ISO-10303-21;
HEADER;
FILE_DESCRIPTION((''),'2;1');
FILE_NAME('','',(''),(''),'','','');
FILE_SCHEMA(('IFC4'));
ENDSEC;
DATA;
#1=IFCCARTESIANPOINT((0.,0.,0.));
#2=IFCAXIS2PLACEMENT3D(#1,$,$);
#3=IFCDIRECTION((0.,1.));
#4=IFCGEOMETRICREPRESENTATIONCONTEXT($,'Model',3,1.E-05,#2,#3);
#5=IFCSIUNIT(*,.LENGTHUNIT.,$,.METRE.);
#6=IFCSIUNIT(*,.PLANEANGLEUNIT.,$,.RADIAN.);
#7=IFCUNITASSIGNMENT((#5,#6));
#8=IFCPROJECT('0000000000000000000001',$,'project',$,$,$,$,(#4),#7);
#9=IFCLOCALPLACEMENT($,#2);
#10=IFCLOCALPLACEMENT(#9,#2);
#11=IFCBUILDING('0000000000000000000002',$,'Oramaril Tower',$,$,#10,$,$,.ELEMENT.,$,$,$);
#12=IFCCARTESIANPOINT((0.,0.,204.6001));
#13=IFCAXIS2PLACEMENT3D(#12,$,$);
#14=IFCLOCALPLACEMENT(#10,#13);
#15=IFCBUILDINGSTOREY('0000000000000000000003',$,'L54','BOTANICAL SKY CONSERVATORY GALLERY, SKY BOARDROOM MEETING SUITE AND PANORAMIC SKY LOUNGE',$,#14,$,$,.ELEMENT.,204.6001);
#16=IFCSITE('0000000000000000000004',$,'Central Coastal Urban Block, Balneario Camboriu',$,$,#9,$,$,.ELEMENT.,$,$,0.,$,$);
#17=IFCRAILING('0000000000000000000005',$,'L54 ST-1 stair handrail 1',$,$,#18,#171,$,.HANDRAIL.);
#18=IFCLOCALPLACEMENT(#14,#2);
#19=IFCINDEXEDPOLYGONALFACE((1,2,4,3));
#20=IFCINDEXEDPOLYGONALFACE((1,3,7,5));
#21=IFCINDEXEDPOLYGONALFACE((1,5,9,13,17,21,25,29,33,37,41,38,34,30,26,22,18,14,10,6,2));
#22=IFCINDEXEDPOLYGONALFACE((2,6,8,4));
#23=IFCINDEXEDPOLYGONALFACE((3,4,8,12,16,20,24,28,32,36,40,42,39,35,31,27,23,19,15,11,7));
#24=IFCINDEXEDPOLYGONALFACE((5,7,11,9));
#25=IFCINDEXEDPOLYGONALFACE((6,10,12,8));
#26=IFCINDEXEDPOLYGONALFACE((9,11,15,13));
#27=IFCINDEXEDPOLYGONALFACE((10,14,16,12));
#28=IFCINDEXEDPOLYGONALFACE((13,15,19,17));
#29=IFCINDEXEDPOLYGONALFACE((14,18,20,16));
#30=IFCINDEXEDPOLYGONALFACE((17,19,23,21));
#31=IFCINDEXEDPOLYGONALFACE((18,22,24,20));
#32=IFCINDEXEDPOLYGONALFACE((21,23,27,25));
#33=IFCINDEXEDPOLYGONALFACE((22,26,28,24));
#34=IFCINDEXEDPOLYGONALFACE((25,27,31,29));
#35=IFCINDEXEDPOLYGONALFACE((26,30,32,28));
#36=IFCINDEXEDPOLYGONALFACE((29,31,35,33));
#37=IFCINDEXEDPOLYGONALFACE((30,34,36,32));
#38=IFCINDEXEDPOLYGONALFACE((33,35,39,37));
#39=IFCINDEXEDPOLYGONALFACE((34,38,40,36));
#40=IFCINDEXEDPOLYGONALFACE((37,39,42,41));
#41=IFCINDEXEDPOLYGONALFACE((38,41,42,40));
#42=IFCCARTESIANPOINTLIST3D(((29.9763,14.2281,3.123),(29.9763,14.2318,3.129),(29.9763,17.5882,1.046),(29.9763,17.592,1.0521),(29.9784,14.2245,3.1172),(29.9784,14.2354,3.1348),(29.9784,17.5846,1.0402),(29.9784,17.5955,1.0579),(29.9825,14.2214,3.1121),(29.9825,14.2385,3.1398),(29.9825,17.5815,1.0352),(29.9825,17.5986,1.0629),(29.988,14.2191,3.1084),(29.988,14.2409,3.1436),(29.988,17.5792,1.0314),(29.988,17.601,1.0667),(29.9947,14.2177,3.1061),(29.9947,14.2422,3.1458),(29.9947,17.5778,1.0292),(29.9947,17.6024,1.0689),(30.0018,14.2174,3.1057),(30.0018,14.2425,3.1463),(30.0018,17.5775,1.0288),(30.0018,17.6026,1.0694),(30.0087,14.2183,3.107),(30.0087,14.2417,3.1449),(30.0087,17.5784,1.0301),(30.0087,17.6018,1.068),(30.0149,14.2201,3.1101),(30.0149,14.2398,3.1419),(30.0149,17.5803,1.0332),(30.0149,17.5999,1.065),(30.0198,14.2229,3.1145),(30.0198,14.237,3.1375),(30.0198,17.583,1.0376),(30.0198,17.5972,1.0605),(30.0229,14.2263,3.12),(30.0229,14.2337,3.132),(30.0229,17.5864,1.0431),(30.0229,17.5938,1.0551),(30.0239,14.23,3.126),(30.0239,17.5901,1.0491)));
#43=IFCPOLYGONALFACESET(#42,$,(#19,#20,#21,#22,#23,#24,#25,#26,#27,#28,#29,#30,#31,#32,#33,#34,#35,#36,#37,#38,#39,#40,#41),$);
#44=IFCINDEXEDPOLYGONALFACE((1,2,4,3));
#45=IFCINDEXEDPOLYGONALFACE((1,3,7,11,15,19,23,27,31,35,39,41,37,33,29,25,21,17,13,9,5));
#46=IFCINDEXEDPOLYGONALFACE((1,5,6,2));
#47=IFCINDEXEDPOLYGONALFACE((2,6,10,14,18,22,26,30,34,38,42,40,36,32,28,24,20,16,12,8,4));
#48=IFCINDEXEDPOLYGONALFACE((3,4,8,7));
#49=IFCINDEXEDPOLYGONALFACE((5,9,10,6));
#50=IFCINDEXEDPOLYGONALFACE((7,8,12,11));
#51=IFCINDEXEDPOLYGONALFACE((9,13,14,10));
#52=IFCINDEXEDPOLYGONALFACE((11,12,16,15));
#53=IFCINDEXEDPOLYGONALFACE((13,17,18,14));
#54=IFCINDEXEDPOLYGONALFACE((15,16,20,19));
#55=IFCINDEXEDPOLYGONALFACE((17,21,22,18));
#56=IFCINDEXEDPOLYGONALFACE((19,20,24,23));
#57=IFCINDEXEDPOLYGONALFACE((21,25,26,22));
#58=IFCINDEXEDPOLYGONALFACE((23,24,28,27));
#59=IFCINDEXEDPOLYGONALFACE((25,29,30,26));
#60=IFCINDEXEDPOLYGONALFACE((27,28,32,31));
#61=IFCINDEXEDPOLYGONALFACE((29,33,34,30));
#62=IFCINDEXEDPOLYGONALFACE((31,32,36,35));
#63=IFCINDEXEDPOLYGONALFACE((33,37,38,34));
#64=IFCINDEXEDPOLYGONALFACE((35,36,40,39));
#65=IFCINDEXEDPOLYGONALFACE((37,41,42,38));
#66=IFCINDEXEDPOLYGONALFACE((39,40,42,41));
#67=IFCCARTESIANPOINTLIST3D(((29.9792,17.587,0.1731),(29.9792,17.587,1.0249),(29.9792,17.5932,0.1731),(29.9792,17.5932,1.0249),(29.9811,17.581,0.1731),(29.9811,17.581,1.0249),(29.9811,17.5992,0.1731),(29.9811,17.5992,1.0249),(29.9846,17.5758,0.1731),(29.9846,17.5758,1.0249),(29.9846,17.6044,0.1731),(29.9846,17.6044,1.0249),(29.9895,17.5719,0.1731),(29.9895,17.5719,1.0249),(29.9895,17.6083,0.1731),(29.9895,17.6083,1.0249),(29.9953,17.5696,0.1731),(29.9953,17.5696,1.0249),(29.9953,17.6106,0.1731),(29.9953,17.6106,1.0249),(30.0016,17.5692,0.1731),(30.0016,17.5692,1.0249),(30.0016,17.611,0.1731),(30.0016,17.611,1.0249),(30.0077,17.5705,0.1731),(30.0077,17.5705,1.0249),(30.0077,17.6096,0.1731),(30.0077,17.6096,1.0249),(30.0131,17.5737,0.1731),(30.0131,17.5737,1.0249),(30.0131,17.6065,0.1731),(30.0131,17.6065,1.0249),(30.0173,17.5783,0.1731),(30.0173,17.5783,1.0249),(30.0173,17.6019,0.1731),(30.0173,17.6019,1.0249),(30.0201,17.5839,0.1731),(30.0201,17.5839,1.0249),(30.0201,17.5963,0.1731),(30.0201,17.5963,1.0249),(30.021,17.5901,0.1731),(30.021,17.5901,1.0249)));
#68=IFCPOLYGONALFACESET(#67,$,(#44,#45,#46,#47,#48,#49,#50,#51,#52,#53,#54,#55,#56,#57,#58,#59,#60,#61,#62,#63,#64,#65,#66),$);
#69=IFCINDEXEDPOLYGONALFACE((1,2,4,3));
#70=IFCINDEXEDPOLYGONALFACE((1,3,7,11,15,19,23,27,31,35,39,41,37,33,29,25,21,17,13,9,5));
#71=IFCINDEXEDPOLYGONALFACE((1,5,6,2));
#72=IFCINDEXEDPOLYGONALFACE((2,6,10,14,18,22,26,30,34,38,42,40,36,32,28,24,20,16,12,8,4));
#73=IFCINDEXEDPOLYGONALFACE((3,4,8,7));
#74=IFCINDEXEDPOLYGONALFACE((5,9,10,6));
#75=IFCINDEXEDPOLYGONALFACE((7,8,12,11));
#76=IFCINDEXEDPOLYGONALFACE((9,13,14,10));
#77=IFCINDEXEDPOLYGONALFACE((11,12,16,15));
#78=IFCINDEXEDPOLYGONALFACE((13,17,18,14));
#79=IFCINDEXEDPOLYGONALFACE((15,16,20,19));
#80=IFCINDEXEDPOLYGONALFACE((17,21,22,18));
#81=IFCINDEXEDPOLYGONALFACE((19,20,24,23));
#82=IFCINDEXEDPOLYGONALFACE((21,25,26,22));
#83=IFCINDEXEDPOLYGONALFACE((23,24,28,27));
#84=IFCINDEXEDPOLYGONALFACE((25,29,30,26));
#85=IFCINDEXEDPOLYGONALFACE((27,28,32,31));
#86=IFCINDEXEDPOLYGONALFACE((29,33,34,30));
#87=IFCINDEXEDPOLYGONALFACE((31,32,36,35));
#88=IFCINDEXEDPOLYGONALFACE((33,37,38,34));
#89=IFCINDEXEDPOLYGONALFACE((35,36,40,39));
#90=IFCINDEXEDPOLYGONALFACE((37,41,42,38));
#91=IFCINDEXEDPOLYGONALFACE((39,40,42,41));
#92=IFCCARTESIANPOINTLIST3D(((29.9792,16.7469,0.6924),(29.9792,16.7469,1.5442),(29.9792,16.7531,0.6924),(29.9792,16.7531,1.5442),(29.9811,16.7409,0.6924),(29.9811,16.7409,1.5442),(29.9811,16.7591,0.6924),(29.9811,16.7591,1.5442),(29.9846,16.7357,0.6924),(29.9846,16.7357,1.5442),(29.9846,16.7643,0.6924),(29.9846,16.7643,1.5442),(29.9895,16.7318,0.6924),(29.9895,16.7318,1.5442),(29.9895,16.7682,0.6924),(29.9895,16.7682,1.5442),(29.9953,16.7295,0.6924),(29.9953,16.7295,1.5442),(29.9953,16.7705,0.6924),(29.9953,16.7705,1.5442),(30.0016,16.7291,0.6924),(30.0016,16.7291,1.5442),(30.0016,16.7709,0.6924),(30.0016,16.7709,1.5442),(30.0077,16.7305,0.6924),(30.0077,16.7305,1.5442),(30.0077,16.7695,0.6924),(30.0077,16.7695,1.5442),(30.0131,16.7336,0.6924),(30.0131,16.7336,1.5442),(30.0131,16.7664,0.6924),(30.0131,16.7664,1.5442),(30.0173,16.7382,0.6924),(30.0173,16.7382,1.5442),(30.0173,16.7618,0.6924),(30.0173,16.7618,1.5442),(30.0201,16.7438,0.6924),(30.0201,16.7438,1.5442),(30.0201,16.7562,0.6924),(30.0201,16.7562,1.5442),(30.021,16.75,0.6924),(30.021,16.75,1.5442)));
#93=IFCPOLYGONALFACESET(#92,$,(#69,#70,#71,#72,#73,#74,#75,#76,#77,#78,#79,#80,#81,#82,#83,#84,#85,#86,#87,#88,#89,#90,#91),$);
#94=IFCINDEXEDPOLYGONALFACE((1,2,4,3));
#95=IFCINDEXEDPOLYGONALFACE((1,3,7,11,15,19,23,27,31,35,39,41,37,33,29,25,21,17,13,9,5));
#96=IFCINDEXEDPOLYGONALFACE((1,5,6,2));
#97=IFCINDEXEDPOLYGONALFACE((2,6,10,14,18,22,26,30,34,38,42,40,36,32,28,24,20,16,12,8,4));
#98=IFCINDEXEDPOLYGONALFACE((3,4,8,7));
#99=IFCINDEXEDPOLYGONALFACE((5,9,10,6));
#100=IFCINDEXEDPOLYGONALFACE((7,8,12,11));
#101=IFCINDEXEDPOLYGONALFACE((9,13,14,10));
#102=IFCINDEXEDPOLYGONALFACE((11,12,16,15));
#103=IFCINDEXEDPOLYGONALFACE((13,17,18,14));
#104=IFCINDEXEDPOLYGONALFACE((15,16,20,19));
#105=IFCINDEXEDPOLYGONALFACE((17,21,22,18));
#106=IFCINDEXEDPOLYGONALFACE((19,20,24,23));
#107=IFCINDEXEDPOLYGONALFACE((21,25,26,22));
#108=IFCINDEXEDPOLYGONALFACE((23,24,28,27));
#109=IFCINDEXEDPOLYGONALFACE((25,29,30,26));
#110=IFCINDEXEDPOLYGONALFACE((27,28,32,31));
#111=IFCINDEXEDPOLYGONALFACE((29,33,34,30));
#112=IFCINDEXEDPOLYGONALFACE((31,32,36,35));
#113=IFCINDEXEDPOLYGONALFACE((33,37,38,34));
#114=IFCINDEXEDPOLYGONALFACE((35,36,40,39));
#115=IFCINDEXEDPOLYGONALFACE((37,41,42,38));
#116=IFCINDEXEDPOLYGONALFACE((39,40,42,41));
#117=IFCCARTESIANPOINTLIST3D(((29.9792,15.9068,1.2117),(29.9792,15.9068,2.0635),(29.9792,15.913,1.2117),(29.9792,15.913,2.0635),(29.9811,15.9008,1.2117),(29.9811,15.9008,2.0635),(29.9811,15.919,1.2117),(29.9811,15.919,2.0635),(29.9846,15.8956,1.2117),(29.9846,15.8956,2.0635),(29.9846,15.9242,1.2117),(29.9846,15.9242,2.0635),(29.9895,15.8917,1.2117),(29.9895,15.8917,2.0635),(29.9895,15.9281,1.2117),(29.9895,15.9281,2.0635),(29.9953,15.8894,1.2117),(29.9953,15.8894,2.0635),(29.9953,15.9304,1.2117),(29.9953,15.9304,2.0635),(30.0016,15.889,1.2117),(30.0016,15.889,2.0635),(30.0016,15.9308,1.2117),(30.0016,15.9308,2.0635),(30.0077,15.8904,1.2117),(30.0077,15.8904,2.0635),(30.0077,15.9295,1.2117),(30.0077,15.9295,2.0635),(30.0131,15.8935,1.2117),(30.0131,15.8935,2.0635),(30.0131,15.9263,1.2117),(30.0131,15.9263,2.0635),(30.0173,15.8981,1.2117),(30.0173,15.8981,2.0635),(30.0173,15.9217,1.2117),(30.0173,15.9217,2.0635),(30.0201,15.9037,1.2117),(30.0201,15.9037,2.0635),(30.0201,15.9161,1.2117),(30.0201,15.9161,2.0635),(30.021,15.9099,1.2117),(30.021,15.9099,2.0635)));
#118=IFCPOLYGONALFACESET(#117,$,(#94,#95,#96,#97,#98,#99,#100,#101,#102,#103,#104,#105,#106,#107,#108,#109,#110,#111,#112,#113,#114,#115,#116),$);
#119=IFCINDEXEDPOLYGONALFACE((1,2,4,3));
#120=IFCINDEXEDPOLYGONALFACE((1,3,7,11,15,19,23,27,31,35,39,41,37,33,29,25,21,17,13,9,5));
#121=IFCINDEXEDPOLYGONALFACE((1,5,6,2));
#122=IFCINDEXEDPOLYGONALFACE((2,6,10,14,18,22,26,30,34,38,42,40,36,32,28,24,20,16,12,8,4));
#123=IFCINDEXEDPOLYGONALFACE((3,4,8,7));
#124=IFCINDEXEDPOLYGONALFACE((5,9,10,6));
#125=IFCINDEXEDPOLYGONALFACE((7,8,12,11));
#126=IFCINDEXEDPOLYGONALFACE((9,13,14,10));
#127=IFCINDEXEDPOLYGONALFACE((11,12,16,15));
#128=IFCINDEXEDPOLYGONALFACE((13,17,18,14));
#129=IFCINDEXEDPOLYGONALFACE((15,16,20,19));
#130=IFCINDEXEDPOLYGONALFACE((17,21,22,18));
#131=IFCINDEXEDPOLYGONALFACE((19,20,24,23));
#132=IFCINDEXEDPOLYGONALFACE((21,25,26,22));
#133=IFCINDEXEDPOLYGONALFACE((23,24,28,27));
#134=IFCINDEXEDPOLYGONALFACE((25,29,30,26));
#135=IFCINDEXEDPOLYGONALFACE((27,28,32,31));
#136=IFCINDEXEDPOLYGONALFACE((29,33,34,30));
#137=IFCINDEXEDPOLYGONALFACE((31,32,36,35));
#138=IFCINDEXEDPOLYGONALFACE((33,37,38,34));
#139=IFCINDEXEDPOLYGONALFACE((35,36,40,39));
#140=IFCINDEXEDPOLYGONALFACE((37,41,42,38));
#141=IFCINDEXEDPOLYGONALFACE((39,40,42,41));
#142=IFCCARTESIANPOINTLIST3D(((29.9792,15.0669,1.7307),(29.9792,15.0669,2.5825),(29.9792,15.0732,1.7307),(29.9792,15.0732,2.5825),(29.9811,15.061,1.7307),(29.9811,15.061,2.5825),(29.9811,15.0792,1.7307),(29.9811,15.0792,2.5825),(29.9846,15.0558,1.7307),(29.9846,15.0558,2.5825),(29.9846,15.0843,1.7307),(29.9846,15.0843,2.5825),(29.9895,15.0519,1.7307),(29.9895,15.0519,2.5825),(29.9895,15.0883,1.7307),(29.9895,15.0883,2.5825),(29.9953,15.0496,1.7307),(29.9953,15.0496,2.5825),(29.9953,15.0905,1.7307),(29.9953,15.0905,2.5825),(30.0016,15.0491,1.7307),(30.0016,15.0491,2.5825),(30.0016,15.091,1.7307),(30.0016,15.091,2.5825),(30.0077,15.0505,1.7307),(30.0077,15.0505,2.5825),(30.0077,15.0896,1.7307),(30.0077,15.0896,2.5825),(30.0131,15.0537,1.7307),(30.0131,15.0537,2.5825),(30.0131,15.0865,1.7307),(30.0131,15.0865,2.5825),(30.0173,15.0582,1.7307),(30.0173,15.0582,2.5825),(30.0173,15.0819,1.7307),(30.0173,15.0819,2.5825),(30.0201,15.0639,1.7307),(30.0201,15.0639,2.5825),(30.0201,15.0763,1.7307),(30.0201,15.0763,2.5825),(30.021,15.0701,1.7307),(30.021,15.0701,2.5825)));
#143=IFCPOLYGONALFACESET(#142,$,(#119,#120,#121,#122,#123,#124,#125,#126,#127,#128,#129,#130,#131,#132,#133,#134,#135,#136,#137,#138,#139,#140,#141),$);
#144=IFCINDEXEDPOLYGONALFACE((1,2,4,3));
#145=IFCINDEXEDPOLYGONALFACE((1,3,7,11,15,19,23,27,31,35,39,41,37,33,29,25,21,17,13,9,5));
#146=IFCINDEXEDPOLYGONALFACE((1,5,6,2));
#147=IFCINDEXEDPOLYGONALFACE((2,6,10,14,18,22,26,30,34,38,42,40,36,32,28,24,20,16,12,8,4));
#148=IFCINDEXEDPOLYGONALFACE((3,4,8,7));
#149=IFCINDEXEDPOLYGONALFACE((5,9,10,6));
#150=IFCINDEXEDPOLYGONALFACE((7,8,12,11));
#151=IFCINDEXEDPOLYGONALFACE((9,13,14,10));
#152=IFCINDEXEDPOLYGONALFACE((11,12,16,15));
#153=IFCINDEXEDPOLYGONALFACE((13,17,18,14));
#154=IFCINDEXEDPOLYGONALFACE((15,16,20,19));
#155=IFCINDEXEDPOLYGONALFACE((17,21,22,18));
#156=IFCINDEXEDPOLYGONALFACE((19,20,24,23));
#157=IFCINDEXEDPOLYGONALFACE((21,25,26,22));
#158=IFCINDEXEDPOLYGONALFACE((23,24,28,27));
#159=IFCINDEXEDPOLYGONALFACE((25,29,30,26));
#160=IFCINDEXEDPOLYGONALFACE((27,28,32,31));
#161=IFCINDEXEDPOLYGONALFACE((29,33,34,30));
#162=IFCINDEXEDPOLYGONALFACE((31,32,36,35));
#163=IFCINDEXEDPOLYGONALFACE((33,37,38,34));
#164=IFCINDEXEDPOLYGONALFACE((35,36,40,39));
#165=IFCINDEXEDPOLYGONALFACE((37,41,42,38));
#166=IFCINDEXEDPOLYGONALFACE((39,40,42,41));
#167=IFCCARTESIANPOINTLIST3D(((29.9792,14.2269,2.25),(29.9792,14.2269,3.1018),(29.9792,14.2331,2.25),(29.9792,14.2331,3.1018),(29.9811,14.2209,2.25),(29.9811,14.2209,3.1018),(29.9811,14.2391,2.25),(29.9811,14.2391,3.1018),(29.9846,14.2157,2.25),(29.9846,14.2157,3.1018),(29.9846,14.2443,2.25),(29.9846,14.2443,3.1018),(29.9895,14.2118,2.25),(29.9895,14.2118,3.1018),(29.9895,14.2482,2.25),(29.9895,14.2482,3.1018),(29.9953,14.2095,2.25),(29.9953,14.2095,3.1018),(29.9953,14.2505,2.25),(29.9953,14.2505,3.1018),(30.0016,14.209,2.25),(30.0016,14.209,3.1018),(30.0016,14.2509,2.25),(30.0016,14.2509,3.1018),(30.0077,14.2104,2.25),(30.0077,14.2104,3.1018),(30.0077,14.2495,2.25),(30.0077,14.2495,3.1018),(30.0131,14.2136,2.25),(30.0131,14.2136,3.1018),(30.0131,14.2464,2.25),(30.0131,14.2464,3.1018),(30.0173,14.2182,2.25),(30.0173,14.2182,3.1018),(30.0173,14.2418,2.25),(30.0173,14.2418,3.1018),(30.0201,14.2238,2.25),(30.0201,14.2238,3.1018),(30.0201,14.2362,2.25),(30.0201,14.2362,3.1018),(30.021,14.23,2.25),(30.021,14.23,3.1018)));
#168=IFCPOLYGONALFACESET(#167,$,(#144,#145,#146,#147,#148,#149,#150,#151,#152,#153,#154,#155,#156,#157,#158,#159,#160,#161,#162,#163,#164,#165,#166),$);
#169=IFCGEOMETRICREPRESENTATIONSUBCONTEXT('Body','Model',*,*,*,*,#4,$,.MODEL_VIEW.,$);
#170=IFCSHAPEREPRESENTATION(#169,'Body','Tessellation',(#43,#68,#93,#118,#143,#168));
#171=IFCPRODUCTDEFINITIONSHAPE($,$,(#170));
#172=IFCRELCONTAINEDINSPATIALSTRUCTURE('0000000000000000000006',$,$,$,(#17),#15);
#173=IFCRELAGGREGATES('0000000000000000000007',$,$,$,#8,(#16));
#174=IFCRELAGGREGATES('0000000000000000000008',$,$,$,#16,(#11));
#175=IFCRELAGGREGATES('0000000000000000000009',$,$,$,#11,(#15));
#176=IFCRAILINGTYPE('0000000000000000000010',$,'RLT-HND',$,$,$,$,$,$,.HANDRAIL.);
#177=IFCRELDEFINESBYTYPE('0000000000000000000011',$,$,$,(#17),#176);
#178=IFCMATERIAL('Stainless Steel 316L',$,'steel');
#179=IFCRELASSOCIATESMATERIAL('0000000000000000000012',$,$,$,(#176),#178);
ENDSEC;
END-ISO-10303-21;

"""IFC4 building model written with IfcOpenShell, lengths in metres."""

from ifc_helpers import new_model, si_unit, direction, frame, origin, origin_2d, place, context, subcontext, project, spatial, circle, extrude, material, type_object, element, save


model = new_model("IFC4")

# Units and contexts
model_context = context("Model", 3, precision=1e-05, world=origin(), true_north=direction((0.0, 1.0)))
body_context = subcontext(model_context, "Body", "Model", "MODEL_VIEW")
ifc_project = project(units=[si_unit("LENGTHUNIT", "METRE"), si_unit("PLANEANGLEUNIT", "RADIAN")], contexts=[model_context])

# Site, building, storey
site_placement = place(None, origin())
site = spatial("IfcSite", under=ifc_project, at=site_placement, Name="Central Coastal Urban Block, Balneario Camboriu", CompositionType="ELEMENT", RefElevation=0.0)
building_placement = place(site_placement, origin())
building = spatial("IfcBuilding", under=site, at=building_placement, Name="Oramaril Tower", CompositionType="ELEMENT")
storey_placement = place(building_placement, frame((0.0, 0.0, 204.6001)))
storey = spatial("IfcBuildingStorey", under=building, at=storey_placement, Name="L54", Description="BOTANICAL SKY CONSERVATORY GALLERY, SKY BOARDROOM MEETING SUITE AND PANORAMIC SKY LOUNGE", CompositionType="ELEMENT", Elevation=204.6001)

# Railing
ifc_material_1 = material(Name="Stainless Steel 316L", Category="steel")
railing_type_1 = type_object("IfcRailingType", Name="RLT-HND", PredefinedType="HANDRAIL", material=ifc_material_1)
railing_1_placement = place(storey_placement, frame((30.0, 17.5901, 0.1731)))
element("IfcRailing", 1, at=railing_1_placement, inside=storey, type_object=railing_type_1, Name="L54 ST-1 stair handrail 1", PredefinedType="HANDRAIL", context=body_context, shape_type="SweptSolid", body=[
    extrude(circle(Radius=0.0239, at=origin_2d()), frame((0.0, 0.0, 0.876), z_axis=(0.0, -0.850623, 0.525776), x_axis=(1.0, 0.0, 0.0)), (0.0, 0.0, 1.0), 3.9502),
    extrude(circle(Radius=0.021, at=origin_2d()), origin(), (0.0, 0.0, 1.0), 0.8518),
    extrude(circle(Radius=0.021, at=origin_2d()), frame((0.0, -0.8401, 0.5193)), (0.0, 0.0, 1.0), 0.8518),
    extrude(circle(Radius=0.021, at=origin_2d()), frame((0.0, -1.6802, 1.0386)), (0.0, 0.0, 1.0), 0.8518),
    extrude(circle(Radius=0.021, at=origin_2d()), frame((0.0, -2.52, 1.5576)), (0.0, 0.0, 1.0), 0.8518),
    extrude(circle(Radius=0.021, at=origin_2d()), frame((0.0, -3.3601, 2.0769)), (0.0, 0.0, 1.0), 0.8518),
])

save(model, "model.ifc")
